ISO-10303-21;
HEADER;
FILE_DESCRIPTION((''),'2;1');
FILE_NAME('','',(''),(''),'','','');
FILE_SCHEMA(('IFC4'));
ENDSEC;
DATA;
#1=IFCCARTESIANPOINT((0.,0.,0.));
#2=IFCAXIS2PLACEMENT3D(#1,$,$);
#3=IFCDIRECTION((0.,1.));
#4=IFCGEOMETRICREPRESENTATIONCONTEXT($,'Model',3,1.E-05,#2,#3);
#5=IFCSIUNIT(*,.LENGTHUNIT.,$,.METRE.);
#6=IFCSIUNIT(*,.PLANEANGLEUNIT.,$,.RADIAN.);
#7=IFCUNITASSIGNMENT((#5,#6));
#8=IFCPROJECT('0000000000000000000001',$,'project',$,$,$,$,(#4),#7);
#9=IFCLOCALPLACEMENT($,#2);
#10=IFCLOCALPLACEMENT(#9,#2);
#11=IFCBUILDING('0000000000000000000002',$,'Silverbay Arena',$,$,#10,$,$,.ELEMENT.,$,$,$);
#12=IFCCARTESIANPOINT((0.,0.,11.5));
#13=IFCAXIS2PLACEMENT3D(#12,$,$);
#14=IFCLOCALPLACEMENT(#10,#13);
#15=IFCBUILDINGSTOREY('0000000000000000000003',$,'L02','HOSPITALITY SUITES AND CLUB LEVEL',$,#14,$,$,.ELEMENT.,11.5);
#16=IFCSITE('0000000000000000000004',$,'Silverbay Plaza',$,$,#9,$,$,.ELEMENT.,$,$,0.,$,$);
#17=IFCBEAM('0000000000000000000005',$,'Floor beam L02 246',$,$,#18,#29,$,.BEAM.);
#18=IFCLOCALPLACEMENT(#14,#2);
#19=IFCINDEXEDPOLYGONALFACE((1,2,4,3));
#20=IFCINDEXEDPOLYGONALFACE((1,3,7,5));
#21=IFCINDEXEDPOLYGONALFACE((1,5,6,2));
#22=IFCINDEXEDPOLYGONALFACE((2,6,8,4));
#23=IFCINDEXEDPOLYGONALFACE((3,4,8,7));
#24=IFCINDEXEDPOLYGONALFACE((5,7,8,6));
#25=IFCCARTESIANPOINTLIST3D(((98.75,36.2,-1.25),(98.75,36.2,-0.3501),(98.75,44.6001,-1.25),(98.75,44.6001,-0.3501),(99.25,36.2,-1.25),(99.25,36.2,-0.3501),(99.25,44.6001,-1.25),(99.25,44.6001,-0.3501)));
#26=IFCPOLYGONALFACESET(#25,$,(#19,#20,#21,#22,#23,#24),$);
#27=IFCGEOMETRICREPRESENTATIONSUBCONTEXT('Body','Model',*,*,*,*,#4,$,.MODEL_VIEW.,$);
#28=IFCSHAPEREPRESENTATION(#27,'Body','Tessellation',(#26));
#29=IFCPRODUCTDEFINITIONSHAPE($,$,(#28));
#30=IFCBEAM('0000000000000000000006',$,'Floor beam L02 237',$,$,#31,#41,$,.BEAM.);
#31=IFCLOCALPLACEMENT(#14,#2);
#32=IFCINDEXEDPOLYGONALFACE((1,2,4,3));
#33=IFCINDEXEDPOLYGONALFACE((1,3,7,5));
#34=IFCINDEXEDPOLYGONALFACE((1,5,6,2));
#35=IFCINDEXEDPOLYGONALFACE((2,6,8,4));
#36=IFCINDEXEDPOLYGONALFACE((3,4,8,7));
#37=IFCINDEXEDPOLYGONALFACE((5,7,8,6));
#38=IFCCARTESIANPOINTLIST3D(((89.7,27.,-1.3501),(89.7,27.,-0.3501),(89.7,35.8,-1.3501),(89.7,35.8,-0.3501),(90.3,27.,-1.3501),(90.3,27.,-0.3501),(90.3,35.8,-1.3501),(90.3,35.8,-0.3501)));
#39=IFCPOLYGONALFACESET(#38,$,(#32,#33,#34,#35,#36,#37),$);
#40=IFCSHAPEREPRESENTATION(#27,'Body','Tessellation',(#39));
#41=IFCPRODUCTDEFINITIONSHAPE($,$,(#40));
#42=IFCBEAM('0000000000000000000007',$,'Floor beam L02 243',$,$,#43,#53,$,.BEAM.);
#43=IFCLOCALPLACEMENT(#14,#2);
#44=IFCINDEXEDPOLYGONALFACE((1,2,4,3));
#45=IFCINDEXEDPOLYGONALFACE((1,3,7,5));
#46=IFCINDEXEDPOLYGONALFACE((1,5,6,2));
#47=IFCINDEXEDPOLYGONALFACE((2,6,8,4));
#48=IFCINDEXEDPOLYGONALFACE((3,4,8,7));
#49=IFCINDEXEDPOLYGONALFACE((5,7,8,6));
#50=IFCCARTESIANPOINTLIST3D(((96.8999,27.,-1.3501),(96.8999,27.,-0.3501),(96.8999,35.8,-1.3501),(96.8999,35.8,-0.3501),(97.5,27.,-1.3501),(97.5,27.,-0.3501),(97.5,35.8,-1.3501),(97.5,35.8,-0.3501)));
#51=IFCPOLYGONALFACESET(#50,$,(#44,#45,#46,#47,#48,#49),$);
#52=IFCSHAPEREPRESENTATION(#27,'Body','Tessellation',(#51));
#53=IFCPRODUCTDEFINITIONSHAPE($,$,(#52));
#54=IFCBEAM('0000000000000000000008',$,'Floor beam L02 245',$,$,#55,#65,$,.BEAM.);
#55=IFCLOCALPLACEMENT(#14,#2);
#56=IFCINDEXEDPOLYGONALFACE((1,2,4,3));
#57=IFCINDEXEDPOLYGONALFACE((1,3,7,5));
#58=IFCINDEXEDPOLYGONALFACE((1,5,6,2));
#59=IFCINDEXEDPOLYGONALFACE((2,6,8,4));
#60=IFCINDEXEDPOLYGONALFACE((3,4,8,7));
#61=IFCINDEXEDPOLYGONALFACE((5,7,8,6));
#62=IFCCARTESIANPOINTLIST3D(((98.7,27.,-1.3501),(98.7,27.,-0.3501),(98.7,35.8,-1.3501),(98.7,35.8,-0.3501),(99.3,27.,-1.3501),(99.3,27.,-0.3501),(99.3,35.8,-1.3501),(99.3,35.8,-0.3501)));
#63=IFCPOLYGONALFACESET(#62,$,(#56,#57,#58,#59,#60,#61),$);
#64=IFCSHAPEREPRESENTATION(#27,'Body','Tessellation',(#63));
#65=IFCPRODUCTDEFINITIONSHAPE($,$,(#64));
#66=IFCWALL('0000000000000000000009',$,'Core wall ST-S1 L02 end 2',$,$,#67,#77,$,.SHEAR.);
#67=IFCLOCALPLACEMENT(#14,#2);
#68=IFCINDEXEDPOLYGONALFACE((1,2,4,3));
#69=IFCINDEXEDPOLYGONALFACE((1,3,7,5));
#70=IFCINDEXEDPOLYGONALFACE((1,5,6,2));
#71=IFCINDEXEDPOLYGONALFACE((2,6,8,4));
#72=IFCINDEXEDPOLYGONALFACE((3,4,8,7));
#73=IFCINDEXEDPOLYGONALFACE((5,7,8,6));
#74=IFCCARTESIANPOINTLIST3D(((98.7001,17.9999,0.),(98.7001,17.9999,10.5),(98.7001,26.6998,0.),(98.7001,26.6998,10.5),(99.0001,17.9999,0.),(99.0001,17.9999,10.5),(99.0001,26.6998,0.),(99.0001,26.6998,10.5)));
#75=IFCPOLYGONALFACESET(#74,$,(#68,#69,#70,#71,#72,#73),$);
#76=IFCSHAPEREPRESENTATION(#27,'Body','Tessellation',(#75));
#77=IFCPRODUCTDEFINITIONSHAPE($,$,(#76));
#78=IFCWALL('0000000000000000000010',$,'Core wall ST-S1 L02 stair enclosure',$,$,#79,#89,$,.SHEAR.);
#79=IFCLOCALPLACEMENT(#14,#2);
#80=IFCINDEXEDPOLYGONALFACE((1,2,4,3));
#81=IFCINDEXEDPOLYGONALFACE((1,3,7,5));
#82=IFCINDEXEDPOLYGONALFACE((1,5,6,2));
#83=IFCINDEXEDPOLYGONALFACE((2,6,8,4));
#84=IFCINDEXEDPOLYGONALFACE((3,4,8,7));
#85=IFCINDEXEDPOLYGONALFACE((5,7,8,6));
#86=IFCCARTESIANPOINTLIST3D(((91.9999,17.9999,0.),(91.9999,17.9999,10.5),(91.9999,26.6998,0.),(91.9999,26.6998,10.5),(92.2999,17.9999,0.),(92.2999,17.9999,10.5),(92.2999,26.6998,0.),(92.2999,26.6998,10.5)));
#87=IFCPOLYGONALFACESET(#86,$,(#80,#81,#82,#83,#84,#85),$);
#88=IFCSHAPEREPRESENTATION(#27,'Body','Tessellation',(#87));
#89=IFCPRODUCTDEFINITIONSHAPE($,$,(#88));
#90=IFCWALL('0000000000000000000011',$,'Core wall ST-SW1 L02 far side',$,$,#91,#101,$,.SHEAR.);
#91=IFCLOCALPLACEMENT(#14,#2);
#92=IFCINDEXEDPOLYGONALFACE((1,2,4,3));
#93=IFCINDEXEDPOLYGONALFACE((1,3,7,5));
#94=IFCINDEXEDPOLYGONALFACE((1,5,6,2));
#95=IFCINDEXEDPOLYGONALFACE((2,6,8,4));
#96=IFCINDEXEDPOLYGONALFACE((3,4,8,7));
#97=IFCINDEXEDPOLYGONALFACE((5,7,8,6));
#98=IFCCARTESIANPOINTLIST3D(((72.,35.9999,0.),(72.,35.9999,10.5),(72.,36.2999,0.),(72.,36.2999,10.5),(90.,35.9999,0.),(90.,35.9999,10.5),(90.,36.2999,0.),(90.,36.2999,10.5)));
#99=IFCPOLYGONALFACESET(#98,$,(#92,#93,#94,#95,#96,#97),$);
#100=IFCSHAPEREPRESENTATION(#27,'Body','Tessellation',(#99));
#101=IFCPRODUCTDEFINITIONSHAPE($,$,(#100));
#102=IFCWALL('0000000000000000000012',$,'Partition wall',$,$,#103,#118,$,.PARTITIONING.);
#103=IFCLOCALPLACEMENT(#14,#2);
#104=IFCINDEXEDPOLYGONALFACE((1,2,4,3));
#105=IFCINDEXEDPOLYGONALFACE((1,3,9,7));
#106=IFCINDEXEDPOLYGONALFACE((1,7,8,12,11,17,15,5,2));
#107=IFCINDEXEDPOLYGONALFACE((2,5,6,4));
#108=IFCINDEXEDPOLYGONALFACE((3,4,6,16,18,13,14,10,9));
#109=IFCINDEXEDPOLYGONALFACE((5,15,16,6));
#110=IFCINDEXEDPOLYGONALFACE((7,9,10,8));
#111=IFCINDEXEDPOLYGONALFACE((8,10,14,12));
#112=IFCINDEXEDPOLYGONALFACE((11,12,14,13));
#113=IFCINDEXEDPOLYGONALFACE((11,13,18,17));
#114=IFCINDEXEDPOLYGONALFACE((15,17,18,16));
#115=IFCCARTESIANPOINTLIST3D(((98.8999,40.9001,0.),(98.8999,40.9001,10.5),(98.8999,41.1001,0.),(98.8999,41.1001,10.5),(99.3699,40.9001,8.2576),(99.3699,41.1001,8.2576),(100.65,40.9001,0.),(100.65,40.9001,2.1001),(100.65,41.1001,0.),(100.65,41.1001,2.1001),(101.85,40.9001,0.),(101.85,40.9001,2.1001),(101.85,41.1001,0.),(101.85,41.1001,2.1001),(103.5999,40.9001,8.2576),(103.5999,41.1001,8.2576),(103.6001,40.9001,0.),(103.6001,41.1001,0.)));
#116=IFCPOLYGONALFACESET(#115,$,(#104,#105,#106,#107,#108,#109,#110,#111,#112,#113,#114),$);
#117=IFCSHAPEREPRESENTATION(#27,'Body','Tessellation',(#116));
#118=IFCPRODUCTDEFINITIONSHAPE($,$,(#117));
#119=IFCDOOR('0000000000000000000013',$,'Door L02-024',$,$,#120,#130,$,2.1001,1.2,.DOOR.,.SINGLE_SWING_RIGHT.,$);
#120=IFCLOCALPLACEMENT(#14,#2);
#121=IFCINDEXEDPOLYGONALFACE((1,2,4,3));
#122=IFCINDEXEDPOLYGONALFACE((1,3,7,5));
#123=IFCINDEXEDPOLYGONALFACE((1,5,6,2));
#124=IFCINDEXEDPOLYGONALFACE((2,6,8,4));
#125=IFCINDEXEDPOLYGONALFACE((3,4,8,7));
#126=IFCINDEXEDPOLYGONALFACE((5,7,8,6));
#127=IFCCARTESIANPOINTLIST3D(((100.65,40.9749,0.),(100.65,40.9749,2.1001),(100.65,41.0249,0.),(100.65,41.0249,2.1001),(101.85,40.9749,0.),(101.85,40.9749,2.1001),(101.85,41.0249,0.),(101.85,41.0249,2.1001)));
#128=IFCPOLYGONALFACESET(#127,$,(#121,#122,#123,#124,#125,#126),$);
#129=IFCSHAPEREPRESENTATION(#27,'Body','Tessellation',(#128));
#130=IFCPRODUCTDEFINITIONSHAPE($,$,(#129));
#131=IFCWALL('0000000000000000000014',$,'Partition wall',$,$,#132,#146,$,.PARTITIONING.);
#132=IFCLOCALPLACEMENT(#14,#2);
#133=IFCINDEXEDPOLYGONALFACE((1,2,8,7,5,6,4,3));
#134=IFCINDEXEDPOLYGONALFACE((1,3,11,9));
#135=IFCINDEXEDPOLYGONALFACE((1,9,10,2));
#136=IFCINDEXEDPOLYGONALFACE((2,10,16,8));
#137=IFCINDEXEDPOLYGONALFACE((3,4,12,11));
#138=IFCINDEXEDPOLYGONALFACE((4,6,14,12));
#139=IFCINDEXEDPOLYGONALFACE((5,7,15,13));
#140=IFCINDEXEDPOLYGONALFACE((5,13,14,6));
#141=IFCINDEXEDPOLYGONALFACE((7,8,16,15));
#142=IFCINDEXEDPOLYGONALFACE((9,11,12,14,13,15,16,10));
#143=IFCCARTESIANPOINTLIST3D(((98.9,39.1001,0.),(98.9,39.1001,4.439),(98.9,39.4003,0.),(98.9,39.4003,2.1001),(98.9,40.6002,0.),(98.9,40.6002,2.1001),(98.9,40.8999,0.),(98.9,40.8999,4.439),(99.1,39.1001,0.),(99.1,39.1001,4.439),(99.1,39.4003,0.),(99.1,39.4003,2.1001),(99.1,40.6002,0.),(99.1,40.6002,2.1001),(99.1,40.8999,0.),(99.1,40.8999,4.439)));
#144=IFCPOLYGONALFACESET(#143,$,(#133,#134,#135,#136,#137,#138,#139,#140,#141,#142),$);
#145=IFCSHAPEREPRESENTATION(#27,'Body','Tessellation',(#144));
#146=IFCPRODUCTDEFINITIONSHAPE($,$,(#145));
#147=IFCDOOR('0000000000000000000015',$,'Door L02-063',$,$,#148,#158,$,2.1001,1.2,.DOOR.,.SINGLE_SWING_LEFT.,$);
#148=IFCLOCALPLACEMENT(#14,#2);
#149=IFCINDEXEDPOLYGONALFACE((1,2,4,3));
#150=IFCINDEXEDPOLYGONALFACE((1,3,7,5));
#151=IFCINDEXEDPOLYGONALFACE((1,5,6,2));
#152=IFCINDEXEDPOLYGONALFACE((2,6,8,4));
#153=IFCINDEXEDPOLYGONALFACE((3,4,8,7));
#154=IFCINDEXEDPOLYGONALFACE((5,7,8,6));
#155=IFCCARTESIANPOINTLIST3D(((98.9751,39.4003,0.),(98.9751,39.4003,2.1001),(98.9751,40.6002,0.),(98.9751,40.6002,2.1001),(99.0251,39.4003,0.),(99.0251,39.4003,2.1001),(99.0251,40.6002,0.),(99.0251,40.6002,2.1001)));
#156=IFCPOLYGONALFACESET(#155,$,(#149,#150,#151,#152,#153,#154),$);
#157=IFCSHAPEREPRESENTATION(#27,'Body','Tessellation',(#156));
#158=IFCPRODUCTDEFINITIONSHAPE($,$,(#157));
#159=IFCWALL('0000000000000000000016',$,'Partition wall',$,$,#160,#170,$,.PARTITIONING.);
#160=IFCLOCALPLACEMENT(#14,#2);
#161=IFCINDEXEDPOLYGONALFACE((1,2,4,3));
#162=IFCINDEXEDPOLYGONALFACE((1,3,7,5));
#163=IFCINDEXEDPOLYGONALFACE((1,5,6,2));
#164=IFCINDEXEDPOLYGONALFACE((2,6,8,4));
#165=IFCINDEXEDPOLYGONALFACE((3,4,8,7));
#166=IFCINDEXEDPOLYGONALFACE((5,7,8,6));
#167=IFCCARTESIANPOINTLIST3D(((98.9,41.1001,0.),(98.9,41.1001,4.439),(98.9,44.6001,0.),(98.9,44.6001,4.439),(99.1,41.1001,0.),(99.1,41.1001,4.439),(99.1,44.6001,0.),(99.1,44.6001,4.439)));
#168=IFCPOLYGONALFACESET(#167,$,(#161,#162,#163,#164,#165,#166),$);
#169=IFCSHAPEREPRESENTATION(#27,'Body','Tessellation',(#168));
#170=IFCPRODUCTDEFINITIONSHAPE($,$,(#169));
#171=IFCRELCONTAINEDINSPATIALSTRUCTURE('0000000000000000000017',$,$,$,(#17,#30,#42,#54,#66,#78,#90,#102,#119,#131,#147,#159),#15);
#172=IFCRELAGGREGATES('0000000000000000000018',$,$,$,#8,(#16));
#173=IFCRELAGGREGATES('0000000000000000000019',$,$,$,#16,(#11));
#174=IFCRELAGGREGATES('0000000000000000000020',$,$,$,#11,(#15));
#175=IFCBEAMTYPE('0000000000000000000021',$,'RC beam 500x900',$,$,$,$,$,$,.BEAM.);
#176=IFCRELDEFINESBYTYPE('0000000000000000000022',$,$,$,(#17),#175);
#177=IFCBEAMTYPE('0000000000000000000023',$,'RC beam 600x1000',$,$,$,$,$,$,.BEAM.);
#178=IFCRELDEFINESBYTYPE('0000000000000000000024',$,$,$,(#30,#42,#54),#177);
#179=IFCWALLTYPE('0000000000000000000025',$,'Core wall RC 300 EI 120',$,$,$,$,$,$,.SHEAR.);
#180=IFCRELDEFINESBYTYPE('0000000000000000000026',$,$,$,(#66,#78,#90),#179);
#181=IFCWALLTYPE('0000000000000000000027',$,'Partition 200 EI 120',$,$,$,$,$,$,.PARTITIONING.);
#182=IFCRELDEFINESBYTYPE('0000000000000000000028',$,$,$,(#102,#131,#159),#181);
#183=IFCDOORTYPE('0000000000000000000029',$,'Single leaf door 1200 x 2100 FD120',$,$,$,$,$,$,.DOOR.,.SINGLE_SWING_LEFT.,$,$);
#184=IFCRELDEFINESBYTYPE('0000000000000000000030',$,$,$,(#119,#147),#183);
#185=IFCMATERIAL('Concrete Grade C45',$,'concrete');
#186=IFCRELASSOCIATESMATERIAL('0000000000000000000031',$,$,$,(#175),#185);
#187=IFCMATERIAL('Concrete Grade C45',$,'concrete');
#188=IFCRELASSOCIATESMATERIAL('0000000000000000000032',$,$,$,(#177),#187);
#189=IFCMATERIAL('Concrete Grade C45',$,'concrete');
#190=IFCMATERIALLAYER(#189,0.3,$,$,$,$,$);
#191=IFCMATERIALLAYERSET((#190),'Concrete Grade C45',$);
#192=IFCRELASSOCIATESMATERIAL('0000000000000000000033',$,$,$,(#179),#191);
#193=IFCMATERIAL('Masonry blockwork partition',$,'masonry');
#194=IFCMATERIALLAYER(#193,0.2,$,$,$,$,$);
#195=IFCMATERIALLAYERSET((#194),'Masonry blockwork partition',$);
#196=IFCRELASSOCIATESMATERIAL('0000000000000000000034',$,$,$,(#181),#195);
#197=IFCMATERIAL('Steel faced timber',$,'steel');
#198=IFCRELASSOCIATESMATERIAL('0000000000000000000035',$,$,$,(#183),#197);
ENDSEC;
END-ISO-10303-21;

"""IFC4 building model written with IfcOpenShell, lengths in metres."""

from ifc_helpers import new_model, si_unit, direction, frame, frame_2d, origin, origin_2d, place, context, subcontext, project, spatial, polyline, rectangle, outline, extrude, material, layer, layer_set, material_profile, profile_set, type_object, element, fill, save


model = new_model("IFC4")

# Units and contexts
model_context = context("Model", 3, precision=1e-05, world=origin(), true_north=direction((0.0, 1.0)))
body_context = subcontext(model_context, "Body", "Model", "MODEL_VIEW")
ifc_project = project(units=[si_unit("LENGTHUNIT", "METRE"), si_unit("PLANEANGLEUNIT", "RADIAN")], contexts=[model_context])

# Site, building, storey
site_placement = place(None, origin())
site = spatial("IfcSite", under=ifc_project, at=site_placement, Name="Silverbay Plaza", CompositionType="ELEMENT", RefElevation=0.0)
building_placement = place(site_placement, origin())
building = spatial("IfcBuilding", under=site, at=building_placement, Name="Silverbay Arena", CompositionType="ELEMENT")
storey_placement = place(building_placement, frame((0.0, 0.0, 11.5)))
storey = spatial("IfcBuildingStorey", under=building, at=storey_placement, Name="L02", Description="HOSPITALITY SUITES AND CLUB LEVEL", CompositionType="ELEMENT", Elevation=11.5)

# Beams
ifc_material_1 = material(Name="Concrete Grade C45", Category="concrete")
ifc_material_profile_1 = material_profile(ifc_material_1, rectangle(XDim=0.5, YDim=0.8999, at=origin_2d()), Name="RC 500x900")
ifc_profile_set_1 = profile_set([ifc_material_profile_1], Name="Concrete Grade C45")
beam_type_1 = type_object("IfcBeamType", Name="RC beam 500x900", PredefinedType="BEAM", material=ifc_profile_set_1)
beam_placement = place(storey_placement, frame((99.0, 36.2, -0.8), z_axis=(0.0, 1.0, 0.0), x_axis=(-1.0, 0.0, 0.0)))
element("IfcBeam", 1, at=beam_placement, inside=storey, type_object=beam_type_1, Name="Floor beam L02 246", PredefinedType="BEAM", context=body_context, shape_type="SweptSolid", body=[
    extrude(rectangle(XDim=0.5, YDim=0.8999, at=origin_2d()), origin(), (0.0, 0.0, 1.0), 8.4001),
])
ifc_material_2 = material(Name="Concrete Grade C45", Category="concrete")
ifc_material_profile_2 = material_profile(ifc_material_2, rectangle(XDim=0.6001, YDim=1.0, at=origin_2d()), Name="RC 600x1000")
ifc_profile_set_2 = profile_set([ifc_material_profile_2], Name="Concrete Grade C45")
beam_type_2 = type_object("IfcBeamType", Name="RC beam 600x1000", PredefinedType="BEAM", material=ifc_profile_set_2)
for number, where, z_axis, x_axis, name in (
    (2, (90.0, 27.0, -0.8501), (0.0, 1.0, 0.0), (-1.0, 0.0, 0.0), "Floor beam L02 237"),
    (3, (97.2, 27.0, -0.8501), (0.0, 1.0, 0.0), (-1.0, 0.0, 0.0), "Floor beam L02 243"),
    (4, (99.0, 27.0, -0.8501), (0.0, 1.0, 0.0), (-1.0, 0.0, 0.0), "Floor beam L02 245"),
):
    element("IfcBeam", number, at=place(storey_placement, frame(where, z_axis=z_axis, x_axis=x_axis)), inside=storey, type_object=beam_type_2, Name=name, PredefinedType="BEAM", context=body_context, shape_type="SweptSolid", body=[
        extrude(rectangle(XDim=0.6001, YDim=1.0, at=origin_2d()), origin(), (0.0, 0.0, 1.0), 8.8),
    ])

# Walls
ifc_material_3 = material(Name="Concrete Grade C45", Category="concrete")
ifc_layer_1 = layer(ifc_material_3, 0.3)
ifc_layer_set_1 = layer_set([ifc_layer_1], Name="Concrete Grade C45")
wall_type_1 = type_object("IfcWallType", Name="Core wall RC 300 EI 120", PredefinedType="SHEAR", material=ifc_layer_set_1)
for number, where, z_axis, x_axis, name in (
    (5, (98.8501, 26.7, 0.0), (0.0, 0.0, 1.0), (0.0, -1.0, 0.0), "Core wall ST-S1 L02 end 2"),
    (6, (92.1499, 26.7, 0.0), (0.0, 0.0, 1.0), (0.0, -1.0, 0.0), "Core wall ST-S1 L02 stair enclosure"),
):
    element("IfcWall", number, at=place(storey_placement, frame(where, z_axis=z_axis, x_axis=x_axis)), inside=storey, type_object=wall_type_1, Name=name, PredefinedType="SHEAR", context=body_context, shape_type="SweptSolid", body=[
        extrude(rectangle(XDim=8.7, YDim=0.3, at=frame_2d((4.3501, 0.0))), origin(), (0.0, 0.0, 1.0), 10.5),
    ])
wall_1_placement = place(storey_placement, frame((90.0, 36.1499, 0.0), z_axis=(0.0, 0.0, 1.0), x_axis=(-1.0, 0.0, 0.0)))
element("IfcWall", 7, at=wall_1_placement, inside=storey, type_object=wall_type_1, Name="Core wall ST-SW1 L02 far side", PredefinedType="SHEAR", context=body_context, shape_type="SweptSolid", body=[
    extrude(rectangle(XDim=18.0, YDim=0.3, at=frame_2d((9.0, 0.0))), origin(), (0.0, 0.0, 1.0), 10.5),
])

# Walls, openings, doors
ifc_material_4 = material(Name="Masonry blockwork partition", Category="masonry")
ifc_layer_2 = layer(ifc_material_4, 0.2)
ifc_layer_set_2 = layer_set([ifc_layer_2], Name="Masonry blockwork partition")
wall_type_2 = type_object("IfcWallType", Name="Partition 200 EI 120", PredefinedType="PARTITIONING", material=ifc_layer_set_2)
wall_2_placement = place(storey_placement, frame((98.8999, 41.0, 0.0), z_axis=(0.0, 0.0, 1.0), x_axis=(1.0, 0.0, 0.0)))
wall_2 = element("IfcWall", 8, at=wall_2_placement, inside=storey, type_object=wall_type_2, Name="Partition wall", PredefinedType="PARTITIONING", context=body_context, shape_type="SweptSolid", body=[
    extrude(outline(polyline([(0.0, 0.0), (4.7002, 0.0), (4.7, 8.2576), (0.47, 8.2576), (0.0, 10.5), (0.0, 0.0)])), frame((0.0, 0.1001, 0.0), z_axis=(0.0, -1.0, 0.0), x_axis=(1.0, 0.0, 0.0)), (0.0, 0.0, 1.0), 0.2),
])
opening_1_placement = place(wall_2_placement, frame((1.75, 0.0, 0.0)))
opening_1 = element("IfcOpeningElement", 9, at=opening_1_placement, cuts=wall_2, PredefinedType="OPENING", context=body_context, shape_type="SweptSolid", body=[
    extrude(rectangle(XDim=1.2, YDim=2.1001, at=frame_2d((0.6001, 1.05))), frame((0.0, 0.1099, 0.0), z_axis=(0.0, -1.0, 0.0), x_axis=(1.0, 0.0, 0.0)), (0.0, 0.0, 1.0), 0.22),
])
ifc_material_5 = material(Name="Steel faced timber", Category="steel")
door_type_1 = type_object("IfcDoorType", Name="Single leaf door 1200 x 2100 FD120", OperationType="SINGLE_SWING_LEFT", PredefinedType="DOOR", material=ifc_material_5)
door_1_placement = place(opening_1_placement, origin())
door_1 = element("IfcDoor", 10, at=door_1_placement, inside=storey, type_object=door_type_1, Name="Door L02-024", OperationType="SINGLE_SWING_RIGHT", OverallHeight=2.1001, OverallWidth=1.2, PredefinedType="DOOR", context=body_context, shape_type="SweptSolid", body=[
    extrude(rectangle(XDim=1.2, YDim=2.1001, at=frame_2d((0.6001, 1.05))), frame((0.0, 0.0249, 0.0), z_axis=(0.0, -1.0, 0.0), x_axis=(1.0, 0.0, 0.0)), (0.0, 0.0, 1.0), 0.05),
])
fill(opening_1, door_1)
wall_3_placement = place(storey_placement, frame((99.0, 39.1001, 0.0), z_axis=(0.0, 0.0, 1.0), x_axis=(0.0, 1.0, 0.0)))
wall_3 = element("IfcWall", 11, at=wall_3_placement, inside=storey, type_object=wall_type_2, Name="Partition wall", PredefinedType="PARTITIONING", context=body_context, shape_type="SweptSolid", body=[
    extrude(rectangle(XDim=1.7998, YDim=0.2, at=frame_2d((0.8999, 0.0))), origin(), (0.0, 0.0, 1.0), 4.439),
])
opening_2_placement = place(wall_3_placement, frame((0.3, 0.0, 0.0)))
opening_2 = element("IfcOpeningElement", 12, at=opening_2_placement, cuts=wall_3, PredefinedType="OPENING", context=body_context, shape_type="SweptSolid", body=[
    extrude(rectangle(XDim=1.2, YDim=2.1001, at=frame_2d((0.6001, 1.05))), frame((0.0, 0.1099, 0.0), z_axis=(0.0, -1.0, 0.0), x_axis=(1.0, 0.0, 0.0)), (0.0, 0.0, 1.0), 0.22),
])
door_2_placement = place(opening_2_placement, origin())
door_2 = element("IfcDoor", 13, at=door_2_placement, inside=storey, type_object=door_type_1, Name="Door L02-063", OperationType="SINGLE_SWING_LEFT", OverallHeight=2.1001, OverallWidth=1.2, PredefinedType="DOOR", context=body_context, shape_type="SweptSolid", body=[
    extrude(rectangle(XDim=1.2, YDim=2.1001, at=frame_2d((0.6001, 1.05))), frame((0.0, 0.0249, 0.0), z_axis=(0.0, -1.0, 0.0), x_axis=(1.0, 0.0, 0.0)), (0.0, 0.0, 1.0), 0.05),
])
fill(opening_2, door_2)

# Wall
wall_4_placement = place(storey_placement, frame((99.0, 41.1001, 0.0), z_axis=(0.0, 0.0, 1.0), x_axis=(0.0, 1.0, 0.0)))
element("IfcWall", 14, at=wall_4_placement, inside=storey, type_object=wall_type_2, Name="Partition wall", PredefinedType="PARTITIONING", context=body_context, shape_type="SweptSolid", body=[
    extrude(rectangle(XDim=3.5, YDim=0.2, at=frame_2d((1.75, 0.0))), origin(), (0.0, 0.0, 1.0), 4.439),
])

save(model, "model.ifc")
